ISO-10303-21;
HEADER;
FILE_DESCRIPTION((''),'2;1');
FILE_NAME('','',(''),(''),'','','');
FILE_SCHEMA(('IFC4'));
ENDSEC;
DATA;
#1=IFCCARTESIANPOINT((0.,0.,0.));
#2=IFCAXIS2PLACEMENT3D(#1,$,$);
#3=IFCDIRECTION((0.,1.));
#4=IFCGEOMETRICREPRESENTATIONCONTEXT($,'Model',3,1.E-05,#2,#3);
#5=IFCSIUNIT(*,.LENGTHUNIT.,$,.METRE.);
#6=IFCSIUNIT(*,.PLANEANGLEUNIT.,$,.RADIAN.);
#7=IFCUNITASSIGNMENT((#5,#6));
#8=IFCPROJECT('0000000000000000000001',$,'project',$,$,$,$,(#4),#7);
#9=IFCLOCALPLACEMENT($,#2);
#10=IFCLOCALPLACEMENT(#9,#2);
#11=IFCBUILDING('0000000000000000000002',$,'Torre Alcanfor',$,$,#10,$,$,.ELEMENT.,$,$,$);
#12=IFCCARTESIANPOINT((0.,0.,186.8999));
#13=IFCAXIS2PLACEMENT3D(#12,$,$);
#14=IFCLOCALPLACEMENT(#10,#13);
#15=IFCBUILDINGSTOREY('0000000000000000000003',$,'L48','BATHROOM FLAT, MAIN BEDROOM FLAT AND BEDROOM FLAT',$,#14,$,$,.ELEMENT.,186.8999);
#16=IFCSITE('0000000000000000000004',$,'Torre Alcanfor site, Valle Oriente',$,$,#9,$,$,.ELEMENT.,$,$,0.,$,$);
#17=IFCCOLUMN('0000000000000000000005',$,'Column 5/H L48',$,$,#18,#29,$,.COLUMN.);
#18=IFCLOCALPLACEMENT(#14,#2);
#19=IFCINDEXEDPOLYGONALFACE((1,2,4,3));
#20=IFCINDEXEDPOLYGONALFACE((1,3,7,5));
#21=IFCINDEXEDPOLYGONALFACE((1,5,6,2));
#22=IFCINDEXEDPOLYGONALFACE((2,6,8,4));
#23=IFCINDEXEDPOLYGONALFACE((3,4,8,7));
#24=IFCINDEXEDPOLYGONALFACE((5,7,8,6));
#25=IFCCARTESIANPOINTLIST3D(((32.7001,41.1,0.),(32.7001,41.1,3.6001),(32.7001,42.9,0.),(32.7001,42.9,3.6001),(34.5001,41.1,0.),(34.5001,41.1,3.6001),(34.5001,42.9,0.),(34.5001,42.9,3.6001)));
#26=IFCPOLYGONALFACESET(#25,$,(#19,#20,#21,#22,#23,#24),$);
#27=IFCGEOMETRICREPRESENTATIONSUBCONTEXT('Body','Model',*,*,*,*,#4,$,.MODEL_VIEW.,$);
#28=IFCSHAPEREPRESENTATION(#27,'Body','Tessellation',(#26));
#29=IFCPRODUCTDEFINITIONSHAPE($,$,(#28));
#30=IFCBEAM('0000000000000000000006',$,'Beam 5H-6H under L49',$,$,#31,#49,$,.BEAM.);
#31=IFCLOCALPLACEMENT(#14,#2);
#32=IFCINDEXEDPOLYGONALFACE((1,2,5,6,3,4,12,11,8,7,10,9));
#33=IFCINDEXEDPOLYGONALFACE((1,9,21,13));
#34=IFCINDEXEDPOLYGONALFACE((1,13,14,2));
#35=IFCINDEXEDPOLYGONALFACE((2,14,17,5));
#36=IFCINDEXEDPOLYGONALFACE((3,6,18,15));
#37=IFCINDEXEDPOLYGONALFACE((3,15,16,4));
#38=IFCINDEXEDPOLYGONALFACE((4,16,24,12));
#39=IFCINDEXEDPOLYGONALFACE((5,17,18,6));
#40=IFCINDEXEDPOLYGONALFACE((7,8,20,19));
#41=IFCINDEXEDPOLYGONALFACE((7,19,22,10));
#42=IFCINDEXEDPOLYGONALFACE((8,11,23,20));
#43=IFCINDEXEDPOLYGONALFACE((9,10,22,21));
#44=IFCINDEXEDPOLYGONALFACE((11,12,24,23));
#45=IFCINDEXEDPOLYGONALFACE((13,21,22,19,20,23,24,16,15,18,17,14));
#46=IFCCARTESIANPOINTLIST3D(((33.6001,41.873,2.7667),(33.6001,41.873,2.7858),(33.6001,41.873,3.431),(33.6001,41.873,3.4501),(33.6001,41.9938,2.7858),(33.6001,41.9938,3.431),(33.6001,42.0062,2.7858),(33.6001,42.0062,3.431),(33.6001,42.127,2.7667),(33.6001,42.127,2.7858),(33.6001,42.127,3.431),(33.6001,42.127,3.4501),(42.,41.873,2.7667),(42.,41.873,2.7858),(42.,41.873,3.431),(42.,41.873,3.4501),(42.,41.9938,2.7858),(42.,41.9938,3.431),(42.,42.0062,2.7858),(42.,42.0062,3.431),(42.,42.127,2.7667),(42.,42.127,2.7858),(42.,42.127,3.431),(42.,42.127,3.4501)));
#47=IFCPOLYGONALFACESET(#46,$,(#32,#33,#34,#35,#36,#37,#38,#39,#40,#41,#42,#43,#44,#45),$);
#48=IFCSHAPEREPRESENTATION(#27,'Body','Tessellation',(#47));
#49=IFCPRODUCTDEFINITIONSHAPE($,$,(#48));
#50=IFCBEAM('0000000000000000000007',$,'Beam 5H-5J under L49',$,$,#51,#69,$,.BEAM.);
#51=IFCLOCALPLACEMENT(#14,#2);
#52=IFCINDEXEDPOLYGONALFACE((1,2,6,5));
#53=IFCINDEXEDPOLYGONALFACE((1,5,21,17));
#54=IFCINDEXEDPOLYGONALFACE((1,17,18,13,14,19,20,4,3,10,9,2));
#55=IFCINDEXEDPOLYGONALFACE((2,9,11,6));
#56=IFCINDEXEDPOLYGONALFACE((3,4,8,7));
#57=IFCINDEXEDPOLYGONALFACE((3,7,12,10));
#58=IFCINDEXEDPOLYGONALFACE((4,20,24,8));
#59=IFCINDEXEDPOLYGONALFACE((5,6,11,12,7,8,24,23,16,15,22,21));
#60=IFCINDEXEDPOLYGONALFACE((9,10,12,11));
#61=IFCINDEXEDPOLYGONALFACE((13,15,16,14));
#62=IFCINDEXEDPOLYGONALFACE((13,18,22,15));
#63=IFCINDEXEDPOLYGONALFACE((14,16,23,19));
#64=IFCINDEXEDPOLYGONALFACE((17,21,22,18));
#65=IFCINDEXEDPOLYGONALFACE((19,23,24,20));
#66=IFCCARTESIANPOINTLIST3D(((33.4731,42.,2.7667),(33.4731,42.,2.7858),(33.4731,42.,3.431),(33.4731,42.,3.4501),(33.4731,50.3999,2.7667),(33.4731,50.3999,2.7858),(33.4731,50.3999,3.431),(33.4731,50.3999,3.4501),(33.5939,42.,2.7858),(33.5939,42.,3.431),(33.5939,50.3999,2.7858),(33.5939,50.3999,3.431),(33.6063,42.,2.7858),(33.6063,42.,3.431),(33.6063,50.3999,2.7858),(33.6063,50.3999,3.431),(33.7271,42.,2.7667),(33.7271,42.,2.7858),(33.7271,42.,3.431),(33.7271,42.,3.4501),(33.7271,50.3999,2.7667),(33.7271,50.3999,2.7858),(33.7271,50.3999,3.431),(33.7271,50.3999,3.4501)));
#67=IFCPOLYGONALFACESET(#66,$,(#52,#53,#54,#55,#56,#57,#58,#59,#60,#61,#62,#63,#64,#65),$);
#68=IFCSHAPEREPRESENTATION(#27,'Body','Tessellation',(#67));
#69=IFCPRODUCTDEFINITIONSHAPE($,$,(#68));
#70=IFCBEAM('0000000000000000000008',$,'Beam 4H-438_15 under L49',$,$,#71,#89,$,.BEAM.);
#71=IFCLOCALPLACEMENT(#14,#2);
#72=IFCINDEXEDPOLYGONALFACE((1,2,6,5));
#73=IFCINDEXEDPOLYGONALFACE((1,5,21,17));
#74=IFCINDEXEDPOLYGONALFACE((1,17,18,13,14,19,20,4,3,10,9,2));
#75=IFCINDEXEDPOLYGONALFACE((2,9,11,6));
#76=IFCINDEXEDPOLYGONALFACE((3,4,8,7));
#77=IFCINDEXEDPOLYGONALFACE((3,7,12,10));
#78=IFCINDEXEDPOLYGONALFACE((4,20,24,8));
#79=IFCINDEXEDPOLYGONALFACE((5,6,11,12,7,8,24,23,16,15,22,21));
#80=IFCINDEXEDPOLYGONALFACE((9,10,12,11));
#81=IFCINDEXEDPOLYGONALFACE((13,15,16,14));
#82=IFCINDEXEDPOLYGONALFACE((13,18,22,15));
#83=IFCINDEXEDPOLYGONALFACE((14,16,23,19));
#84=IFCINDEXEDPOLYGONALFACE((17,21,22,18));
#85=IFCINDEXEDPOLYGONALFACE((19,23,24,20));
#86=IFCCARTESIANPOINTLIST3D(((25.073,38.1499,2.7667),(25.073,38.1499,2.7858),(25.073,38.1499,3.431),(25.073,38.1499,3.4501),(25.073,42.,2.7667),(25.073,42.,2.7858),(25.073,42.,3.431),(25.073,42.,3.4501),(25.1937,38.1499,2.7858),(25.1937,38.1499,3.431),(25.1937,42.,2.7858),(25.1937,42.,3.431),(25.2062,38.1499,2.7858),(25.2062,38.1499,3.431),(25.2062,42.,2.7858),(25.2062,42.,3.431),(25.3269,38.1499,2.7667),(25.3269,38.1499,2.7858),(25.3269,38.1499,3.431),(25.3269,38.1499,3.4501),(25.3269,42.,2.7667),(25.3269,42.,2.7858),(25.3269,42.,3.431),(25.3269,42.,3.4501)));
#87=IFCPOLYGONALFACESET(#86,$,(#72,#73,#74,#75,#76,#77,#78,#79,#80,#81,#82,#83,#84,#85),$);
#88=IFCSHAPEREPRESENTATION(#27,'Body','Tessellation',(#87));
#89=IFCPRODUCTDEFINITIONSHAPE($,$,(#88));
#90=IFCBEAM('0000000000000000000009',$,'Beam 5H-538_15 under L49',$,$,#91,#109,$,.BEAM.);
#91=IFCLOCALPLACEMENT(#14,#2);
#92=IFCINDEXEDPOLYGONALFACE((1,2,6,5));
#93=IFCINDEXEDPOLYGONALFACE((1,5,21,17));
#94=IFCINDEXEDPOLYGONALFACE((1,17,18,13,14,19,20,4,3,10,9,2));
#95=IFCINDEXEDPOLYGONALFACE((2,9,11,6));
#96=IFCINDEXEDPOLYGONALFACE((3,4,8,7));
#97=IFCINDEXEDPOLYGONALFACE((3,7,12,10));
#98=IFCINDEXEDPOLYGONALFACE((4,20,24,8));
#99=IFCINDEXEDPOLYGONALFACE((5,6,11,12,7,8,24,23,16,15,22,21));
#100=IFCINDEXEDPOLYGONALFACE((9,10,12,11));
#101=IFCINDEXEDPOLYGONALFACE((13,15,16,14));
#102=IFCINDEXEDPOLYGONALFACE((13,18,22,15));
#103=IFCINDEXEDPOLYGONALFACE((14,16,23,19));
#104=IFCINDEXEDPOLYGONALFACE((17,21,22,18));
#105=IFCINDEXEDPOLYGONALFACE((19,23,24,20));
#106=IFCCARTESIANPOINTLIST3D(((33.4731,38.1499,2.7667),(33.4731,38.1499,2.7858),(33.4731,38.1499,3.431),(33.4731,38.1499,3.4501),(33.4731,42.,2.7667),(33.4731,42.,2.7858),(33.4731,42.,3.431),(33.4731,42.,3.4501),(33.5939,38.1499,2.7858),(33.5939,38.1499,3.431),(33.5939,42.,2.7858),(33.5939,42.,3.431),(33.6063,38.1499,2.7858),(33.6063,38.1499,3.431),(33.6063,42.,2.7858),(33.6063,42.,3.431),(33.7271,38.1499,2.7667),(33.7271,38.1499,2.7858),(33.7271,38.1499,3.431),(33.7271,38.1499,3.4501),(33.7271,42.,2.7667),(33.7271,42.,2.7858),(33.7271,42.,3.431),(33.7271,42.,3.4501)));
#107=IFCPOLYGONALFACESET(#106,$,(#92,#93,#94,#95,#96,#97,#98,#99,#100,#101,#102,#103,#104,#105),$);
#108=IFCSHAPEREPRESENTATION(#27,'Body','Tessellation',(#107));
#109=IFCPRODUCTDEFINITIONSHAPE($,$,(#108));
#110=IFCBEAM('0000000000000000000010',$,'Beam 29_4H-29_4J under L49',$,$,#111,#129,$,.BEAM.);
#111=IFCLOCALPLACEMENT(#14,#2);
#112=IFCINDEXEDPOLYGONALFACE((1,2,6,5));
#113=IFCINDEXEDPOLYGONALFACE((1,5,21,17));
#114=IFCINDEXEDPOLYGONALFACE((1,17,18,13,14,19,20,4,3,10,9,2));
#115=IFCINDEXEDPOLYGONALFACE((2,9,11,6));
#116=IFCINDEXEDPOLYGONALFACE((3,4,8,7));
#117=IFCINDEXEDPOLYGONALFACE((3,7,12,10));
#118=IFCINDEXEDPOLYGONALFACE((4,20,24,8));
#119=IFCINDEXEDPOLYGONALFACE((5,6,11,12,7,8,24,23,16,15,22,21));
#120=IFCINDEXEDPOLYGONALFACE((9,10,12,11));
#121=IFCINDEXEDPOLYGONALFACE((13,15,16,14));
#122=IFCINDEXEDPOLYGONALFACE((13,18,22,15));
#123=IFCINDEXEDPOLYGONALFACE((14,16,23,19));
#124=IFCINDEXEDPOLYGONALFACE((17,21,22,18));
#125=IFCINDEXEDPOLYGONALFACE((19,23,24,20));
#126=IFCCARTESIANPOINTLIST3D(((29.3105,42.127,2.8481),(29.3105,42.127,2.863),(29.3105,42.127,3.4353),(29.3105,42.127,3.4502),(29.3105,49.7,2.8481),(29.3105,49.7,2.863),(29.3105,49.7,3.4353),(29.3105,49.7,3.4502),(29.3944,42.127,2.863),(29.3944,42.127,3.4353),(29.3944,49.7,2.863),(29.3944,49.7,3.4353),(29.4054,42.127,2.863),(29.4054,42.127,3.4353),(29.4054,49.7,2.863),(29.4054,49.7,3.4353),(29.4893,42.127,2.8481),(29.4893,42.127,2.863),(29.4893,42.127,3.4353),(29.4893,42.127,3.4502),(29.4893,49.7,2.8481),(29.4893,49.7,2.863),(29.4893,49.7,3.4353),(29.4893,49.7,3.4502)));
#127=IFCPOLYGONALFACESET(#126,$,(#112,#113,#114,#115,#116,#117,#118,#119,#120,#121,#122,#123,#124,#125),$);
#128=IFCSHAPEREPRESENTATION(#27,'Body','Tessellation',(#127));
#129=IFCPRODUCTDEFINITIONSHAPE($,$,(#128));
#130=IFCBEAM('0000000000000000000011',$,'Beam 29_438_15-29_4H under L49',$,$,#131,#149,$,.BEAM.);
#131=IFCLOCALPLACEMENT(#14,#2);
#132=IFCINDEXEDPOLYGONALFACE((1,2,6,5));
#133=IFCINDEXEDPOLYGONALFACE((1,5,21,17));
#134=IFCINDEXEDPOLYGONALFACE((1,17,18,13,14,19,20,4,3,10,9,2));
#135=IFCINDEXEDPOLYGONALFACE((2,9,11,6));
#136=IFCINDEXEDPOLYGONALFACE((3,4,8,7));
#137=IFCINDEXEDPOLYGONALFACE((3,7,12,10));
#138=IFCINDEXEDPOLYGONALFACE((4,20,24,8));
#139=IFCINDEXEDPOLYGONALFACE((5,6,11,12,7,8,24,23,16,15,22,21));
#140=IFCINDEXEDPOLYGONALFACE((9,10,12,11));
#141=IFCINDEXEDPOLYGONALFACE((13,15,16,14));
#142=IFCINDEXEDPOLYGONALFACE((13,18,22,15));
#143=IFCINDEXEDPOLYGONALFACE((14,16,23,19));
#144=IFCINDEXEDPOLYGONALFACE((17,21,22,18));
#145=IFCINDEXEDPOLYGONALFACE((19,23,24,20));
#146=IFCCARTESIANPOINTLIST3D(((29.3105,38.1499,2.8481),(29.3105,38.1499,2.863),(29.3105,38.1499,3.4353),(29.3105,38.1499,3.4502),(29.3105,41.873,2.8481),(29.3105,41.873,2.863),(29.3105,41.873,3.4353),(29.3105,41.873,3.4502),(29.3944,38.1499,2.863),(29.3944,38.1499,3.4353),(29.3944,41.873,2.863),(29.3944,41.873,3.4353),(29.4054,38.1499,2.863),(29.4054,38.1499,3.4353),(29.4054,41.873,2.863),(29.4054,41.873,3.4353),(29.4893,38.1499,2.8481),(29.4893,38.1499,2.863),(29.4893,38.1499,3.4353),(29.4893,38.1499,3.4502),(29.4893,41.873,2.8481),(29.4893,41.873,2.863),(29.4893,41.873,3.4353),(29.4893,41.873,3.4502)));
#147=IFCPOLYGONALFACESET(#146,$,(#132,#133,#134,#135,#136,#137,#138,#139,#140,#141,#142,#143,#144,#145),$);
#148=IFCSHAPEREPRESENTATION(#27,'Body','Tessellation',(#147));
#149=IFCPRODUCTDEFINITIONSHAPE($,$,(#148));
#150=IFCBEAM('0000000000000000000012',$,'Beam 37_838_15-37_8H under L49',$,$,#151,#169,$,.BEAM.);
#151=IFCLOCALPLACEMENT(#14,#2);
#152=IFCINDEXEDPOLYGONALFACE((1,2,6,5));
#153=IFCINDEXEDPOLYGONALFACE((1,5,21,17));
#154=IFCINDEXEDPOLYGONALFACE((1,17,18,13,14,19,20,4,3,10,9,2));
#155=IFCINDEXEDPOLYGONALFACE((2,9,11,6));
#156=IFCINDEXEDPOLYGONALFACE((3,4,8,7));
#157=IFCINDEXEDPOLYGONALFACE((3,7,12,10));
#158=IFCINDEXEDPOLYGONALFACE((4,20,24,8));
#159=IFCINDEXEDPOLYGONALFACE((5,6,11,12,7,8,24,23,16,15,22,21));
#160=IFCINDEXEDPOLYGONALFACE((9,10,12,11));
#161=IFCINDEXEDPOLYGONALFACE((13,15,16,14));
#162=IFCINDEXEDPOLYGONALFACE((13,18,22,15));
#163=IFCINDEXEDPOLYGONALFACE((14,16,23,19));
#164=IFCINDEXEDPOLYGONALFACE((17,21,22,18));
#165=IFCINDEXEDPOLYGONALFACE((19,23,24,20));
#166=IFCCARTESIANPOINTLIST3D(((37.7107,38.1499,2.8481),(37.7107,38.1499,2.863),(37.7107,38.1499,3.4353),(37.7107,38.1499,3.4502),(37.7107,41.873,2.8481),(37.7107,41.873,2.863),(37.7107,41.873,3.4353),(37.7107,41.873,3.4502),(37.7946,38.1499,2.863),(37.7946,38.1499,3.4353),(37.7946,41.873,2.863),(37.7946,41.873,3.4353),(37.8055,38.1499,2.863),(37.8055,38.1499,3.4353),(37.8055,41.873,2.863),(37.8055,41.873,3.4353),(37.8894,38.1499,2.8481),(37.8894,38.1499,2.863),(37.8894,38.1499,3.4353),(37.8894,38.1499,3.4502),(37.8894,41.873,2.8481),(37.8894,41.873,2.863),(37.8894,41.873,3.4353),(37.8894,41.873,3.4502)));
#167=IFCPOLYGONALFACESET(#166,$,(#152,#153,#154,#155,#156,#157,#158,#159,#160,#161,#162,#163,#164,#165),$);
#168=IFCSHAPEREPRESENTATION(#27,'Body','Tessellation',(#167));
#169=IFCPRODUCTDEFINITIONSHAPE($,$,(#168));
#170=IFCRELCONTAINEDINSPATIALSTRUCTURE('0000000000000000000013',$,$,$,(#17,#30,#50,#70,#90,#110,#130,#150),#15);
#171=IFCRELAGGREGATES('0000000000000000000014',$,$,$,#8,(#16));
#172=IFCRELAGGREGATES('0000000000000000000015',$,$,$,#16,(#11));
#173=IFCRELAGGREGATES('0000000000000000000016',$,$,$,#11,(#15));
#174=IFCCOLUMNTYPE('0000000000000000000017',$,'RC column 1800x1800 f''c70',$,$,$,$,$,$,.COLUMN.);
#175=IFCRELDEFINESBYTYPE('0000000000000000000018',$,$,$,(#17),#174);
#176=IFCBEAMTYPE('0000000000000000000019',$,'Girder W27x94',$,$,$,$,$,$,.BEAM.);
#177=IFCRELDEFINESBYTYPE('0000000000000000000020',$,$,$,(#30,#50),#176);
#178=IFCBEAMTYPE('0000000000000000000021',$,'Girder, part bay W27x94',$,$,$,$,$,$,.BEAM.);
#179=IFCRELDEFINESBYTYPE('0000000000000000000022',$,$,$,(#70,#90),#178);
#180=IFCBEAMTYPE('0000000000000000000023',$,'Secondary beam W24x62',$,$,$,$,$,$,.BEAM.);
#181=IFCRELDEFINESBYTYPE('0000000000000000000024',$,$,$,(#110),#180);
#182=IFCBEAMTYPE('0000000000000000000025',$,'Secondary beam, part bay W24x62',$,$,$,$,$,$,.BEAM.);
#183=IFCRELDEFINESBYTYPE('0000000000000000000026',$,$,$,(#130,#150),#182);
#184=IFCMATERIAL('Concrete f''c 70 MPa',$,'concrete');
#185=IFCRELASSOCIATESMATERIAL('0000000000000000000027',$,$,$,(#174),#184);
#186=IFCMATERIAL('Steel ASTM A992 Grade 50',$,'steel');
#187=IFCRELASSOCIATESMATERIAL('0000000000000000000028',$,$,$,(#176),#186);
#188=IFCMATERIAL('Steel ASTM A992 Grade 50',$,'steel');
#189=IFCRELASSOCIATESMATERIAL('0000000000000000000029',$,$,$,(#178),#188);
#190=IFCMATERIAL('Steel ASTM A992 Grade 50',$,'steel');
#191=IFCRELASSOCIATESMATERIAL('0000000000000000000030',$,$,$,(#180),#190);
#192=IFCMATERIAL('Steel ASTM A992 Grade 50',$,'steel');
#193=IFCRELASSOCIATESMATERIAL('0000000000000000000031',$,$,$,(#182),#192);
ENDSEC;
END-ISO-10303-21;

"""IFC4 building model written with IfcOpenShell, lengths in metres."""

from ifc_helpers import new_model, si_unit, direction, frame, origin, origin_2d, place, context, subcontext, project, spatial, rectangle, i_section, extrude, material, material_profile, profile_set, type_object, element, save


model = new_model("IFC4")

# Units and contexts
model_context = context("Model", 3, precision=1e-05, world=origin(), true_north=direction((0.0, 1.0)))
body_context = subcontext(model_context, "Body", "Model", "MODEL_VIEW")
ifc_project = project(units=[si_unit("LENGTHUNIT", "METRE"), si_unit("PLANEANGLEUNIT", "RADIAN")], contexts=[model_context])

# Site, building, storey
site_placement = place(None, origin())
site = spatial("IfcSite", under=ifc_project, at=site_placement, Name="Torre Alcanfor site, Valle Oriente", CompositionType="ELEMENT", RefElevation=0.0)
building_placement = place(site_placement, origin())
building = spatial("IfcBuilding", under=site, at=building_placement, Name="Torre Alcanfor", CompositionType="ELEMENT")
storey_placement = place(building_placement, frame((0.0, 0.0, 186.8999)))
storey = spatial("IfcBuildingStorey", under=building, at=storey_placement, Name="L48", Description="BATHROOM FLAT, MAIN BEDROOM FLAT AND BEDROOM FLAT", CompositionType="ELEMENT", Elevation=186.8999)

# Column
ifc_material_1 = material(Name="Concrete f'c 70 MPa", Category="concrete")
ifc_material_profile_1 = material_profile(ifc_material_1, rectangle(XDim=1.8, YDim=1.8, at=origin_2d()), Name="1800x1800")
ifc_profile_set_1 = profile_set([ifc_material_profile_1], Name="Concrete f'c 70 MPa")
column_type = type_object("IfcColumnType", Name="RC column 1800x1800 f'c70", PredefinedType="COLUMN", material=ifc_profile_set_1)
column_placement = place(storey_placement, frame((33.6001, 42.0, 0.0), z_axis=(0.0, 0.0, 1.0), x_axis=(1.0, 0.0, 0.0)))
element("IfcColumn", 1, at=column_placement, inside=storey, type_object=column_type, Name="Column 5/H L48", PredefinedType="COLUMN", context=body_context, shape_type="SweptSolid", body=[
    extrude(rectangle(XDim=1.8, YDim=1.8, at=origin_2d()), origin(), (0.0, 0.0, 1.0), 3.6001),
])

# Beams
ifc_material_2 = material(Name="Steel ASTM A992 Grade 50", Category="steel")
ifc_material_profile_2 = material_profile(ifc_material_2, i_section(OverallWidth=0.2539, OverallDepth=0.6833, WebThickness=0.0125, FlangeThickness=0.019, at=origin_2d()), Name="W27x94")
ifc_profile_set_2 = profile_set([ifc_material_profile_2], Name="Steel ASTM A992 Grade 50")
beam_type_1 = type_object("IfcBeamType", Name="Girder W27x94", PredefinedType="BEAM", material=ifc_profile_set_2)
for number, where, z_axis, x_axis, name in (
    (2, (33.6001, 42.0, 3.1084), (1.0, 0.0, 0.0), (0.0, 1.0, 0.0), "Beam 5H-6H under L49"),
    (3, (33.6001, 42.0, 3.1084), (0.0, 1.0, 0.0), (-1.0, 0.0, 0.0), "Beam 5H-5J under L49"),
):
    element("IfcBeam", number, at=place(storey_placement, frame(where, z_axis=z_axis, x_axis=x_axis)), inside=storey, type_object=beam_type_1, Name=name, PredefinedType="BEAM", context=body_context, shape_type="SweptSolid", body=[
        extrude(i_section(OverallWidth=0.2539, OverallDepth=0.6833, WebThickness=0.0125, FlangeThickness=0.019, at=origin_2d()), origin(), (0.0, 0.0, 1.0), 8.3999),
    ])
ifc_material_3 = material(Name="Steel ASTM A992 Grade 50", Category="steel")
ifc_material_profile_3 = material_profile(ifc_material_3, i_section(OverallWidth=0.2539, OverallDepth=0.6833, WebThickness=0.0125, FlangeThickness=0.019, at=origin_2d()), Name="W27x94")
ifc_profile_set_3 = profile_set([ifc_material_profile_3], Name="Steel ASTM A992 Grade 50")
beam_type_2 = type_object("IfcBeamType", Name="Girder, part bay W27x94", PredefinedType="BEAM", material=ifc_profile_set_3)
for number, where, z_axis, x_axis, name in (
    (4, (25.2, 42.0, 3.1084), (0.0, -1.0, 0.0), (1.0, 0.0, 0.0), "Beam 4H-438_15 under L49"),
    (5, (33.6001, 42.0, 3.1084), (0.0, -1.0, 0.0), (1.0, 0.0, 0.0), "Beam 5H-538_15 under L49"),
):
    element("IfcBeam", number, at=place(storey_placement, frame(where, z_axis=z_axis, x_axis=x_axis)), inside=storey, type_object=beam_type_2, Name=name, PredefinedType="BEAM", context=body_context, shape_type="SweptSolid", body=[
        extrude(i_section(OverallWidth=0.2539, OverallDepth=0.6833, WebThickness=0.0125, FlangeThickness=0.019, at=origin_2d()), origin(), (0.0, 0.0, 1.0), 3.8501),
    ])
ifc_material_4 = material(Name="Steel ASTM A992 Grade 50", Category="steel")
ifc_material_profile_4 = material_profile(ifc_material_4, i_section(OverallWidth=0.1787, OverallDepth=0.6021, WebThickness=0.011, FlangeThickness=0.0149, at=origin_2d()), Name="W24x62")
ifc_profile_set_4 = profile_set([ifc_material_profile_4], Name="Steel ASTM A992 Grade 50")
beam_type_3 = type_object("IfcBeamType", Name="Secondary beam W24x62", PredefinedType="BEAM", material=ifc_profile_set_4)
beam_1_placement = place(storey_placement, frame((29.3999, 42.127, 3.1492), z_axis=(0.0, 1.0, 0.0), x_axis=(-1.0, 0.0, 0.0)))
element("IfcBeam", 6, at=beam_1_placement, inside=storey, type_object=beam_type_3, Name="Beam 29_4H-29_4J under L49", PredefinedType="BEAM", context=body_context, shape_type="SweptSolid", body=[
    extrude(i_section(OverallWidth=0.1787, OverallDepth=0.6021, WebThickness=0.011, FlangeThickness=0.0149, at=origin_2d()), origin(), (0.0, 0.0, 1.0), 7.573),
])
ifc_material_5 = material(Name="Steel ASTM A992 Grade 50", Category="steel")
ifc_material_profile_5 = material_profile(ifc_material_5, i_section(OverallWidth=0.1787, OverallDepth=0.6021, WebThickness=0.011, FlangeThickness=0.0149, at=origin_2d()), Name="W24x62")
ifc_profile_set_5 = profile_set([ifc_material_profile_5], Name="Steel ASTM A992 Grade 50")
beam_type_4 = type_object("IfcBeamType", Name="Secondary beam, part bay W24x62", PredefinedType="BEAM", material=ifc_profile_set_5)
for number, where, z_axis, x_axis, name in (
    (7, (29.3999, 38.1499, 3.1492), (0.0, 1.0, 0.0), (-1.0, 0.0, 0.0), "Beam 29_438_15-29_4H under L49"),
    (8, (37.8, 38.1499, 3.1492), (0.0, 1.0, 0.0), (-1.0, 0.0, 0.0), "Beam 37_838_15-37_8H under L49"),
):
    element("IfcBeam", number, at=place(storey_placement, frame(where, z_axis=z_axis, x_axis=x_axis)), inside=storey, type_object=beam_type_4, Name=name, PredefinedType="BEAM", context=body_context, shape_type="SweptSolid", body=[
        extrude(i_section(OverallWidth=0.1787, OverallDepth=0.6021, WebThickness=0.011, FlangeThickness=0.0149, at=origin_2d()), origin(), (0.0, 0.0, 1.0), 3.7231),
    ])

save(model, "model.ifc")
